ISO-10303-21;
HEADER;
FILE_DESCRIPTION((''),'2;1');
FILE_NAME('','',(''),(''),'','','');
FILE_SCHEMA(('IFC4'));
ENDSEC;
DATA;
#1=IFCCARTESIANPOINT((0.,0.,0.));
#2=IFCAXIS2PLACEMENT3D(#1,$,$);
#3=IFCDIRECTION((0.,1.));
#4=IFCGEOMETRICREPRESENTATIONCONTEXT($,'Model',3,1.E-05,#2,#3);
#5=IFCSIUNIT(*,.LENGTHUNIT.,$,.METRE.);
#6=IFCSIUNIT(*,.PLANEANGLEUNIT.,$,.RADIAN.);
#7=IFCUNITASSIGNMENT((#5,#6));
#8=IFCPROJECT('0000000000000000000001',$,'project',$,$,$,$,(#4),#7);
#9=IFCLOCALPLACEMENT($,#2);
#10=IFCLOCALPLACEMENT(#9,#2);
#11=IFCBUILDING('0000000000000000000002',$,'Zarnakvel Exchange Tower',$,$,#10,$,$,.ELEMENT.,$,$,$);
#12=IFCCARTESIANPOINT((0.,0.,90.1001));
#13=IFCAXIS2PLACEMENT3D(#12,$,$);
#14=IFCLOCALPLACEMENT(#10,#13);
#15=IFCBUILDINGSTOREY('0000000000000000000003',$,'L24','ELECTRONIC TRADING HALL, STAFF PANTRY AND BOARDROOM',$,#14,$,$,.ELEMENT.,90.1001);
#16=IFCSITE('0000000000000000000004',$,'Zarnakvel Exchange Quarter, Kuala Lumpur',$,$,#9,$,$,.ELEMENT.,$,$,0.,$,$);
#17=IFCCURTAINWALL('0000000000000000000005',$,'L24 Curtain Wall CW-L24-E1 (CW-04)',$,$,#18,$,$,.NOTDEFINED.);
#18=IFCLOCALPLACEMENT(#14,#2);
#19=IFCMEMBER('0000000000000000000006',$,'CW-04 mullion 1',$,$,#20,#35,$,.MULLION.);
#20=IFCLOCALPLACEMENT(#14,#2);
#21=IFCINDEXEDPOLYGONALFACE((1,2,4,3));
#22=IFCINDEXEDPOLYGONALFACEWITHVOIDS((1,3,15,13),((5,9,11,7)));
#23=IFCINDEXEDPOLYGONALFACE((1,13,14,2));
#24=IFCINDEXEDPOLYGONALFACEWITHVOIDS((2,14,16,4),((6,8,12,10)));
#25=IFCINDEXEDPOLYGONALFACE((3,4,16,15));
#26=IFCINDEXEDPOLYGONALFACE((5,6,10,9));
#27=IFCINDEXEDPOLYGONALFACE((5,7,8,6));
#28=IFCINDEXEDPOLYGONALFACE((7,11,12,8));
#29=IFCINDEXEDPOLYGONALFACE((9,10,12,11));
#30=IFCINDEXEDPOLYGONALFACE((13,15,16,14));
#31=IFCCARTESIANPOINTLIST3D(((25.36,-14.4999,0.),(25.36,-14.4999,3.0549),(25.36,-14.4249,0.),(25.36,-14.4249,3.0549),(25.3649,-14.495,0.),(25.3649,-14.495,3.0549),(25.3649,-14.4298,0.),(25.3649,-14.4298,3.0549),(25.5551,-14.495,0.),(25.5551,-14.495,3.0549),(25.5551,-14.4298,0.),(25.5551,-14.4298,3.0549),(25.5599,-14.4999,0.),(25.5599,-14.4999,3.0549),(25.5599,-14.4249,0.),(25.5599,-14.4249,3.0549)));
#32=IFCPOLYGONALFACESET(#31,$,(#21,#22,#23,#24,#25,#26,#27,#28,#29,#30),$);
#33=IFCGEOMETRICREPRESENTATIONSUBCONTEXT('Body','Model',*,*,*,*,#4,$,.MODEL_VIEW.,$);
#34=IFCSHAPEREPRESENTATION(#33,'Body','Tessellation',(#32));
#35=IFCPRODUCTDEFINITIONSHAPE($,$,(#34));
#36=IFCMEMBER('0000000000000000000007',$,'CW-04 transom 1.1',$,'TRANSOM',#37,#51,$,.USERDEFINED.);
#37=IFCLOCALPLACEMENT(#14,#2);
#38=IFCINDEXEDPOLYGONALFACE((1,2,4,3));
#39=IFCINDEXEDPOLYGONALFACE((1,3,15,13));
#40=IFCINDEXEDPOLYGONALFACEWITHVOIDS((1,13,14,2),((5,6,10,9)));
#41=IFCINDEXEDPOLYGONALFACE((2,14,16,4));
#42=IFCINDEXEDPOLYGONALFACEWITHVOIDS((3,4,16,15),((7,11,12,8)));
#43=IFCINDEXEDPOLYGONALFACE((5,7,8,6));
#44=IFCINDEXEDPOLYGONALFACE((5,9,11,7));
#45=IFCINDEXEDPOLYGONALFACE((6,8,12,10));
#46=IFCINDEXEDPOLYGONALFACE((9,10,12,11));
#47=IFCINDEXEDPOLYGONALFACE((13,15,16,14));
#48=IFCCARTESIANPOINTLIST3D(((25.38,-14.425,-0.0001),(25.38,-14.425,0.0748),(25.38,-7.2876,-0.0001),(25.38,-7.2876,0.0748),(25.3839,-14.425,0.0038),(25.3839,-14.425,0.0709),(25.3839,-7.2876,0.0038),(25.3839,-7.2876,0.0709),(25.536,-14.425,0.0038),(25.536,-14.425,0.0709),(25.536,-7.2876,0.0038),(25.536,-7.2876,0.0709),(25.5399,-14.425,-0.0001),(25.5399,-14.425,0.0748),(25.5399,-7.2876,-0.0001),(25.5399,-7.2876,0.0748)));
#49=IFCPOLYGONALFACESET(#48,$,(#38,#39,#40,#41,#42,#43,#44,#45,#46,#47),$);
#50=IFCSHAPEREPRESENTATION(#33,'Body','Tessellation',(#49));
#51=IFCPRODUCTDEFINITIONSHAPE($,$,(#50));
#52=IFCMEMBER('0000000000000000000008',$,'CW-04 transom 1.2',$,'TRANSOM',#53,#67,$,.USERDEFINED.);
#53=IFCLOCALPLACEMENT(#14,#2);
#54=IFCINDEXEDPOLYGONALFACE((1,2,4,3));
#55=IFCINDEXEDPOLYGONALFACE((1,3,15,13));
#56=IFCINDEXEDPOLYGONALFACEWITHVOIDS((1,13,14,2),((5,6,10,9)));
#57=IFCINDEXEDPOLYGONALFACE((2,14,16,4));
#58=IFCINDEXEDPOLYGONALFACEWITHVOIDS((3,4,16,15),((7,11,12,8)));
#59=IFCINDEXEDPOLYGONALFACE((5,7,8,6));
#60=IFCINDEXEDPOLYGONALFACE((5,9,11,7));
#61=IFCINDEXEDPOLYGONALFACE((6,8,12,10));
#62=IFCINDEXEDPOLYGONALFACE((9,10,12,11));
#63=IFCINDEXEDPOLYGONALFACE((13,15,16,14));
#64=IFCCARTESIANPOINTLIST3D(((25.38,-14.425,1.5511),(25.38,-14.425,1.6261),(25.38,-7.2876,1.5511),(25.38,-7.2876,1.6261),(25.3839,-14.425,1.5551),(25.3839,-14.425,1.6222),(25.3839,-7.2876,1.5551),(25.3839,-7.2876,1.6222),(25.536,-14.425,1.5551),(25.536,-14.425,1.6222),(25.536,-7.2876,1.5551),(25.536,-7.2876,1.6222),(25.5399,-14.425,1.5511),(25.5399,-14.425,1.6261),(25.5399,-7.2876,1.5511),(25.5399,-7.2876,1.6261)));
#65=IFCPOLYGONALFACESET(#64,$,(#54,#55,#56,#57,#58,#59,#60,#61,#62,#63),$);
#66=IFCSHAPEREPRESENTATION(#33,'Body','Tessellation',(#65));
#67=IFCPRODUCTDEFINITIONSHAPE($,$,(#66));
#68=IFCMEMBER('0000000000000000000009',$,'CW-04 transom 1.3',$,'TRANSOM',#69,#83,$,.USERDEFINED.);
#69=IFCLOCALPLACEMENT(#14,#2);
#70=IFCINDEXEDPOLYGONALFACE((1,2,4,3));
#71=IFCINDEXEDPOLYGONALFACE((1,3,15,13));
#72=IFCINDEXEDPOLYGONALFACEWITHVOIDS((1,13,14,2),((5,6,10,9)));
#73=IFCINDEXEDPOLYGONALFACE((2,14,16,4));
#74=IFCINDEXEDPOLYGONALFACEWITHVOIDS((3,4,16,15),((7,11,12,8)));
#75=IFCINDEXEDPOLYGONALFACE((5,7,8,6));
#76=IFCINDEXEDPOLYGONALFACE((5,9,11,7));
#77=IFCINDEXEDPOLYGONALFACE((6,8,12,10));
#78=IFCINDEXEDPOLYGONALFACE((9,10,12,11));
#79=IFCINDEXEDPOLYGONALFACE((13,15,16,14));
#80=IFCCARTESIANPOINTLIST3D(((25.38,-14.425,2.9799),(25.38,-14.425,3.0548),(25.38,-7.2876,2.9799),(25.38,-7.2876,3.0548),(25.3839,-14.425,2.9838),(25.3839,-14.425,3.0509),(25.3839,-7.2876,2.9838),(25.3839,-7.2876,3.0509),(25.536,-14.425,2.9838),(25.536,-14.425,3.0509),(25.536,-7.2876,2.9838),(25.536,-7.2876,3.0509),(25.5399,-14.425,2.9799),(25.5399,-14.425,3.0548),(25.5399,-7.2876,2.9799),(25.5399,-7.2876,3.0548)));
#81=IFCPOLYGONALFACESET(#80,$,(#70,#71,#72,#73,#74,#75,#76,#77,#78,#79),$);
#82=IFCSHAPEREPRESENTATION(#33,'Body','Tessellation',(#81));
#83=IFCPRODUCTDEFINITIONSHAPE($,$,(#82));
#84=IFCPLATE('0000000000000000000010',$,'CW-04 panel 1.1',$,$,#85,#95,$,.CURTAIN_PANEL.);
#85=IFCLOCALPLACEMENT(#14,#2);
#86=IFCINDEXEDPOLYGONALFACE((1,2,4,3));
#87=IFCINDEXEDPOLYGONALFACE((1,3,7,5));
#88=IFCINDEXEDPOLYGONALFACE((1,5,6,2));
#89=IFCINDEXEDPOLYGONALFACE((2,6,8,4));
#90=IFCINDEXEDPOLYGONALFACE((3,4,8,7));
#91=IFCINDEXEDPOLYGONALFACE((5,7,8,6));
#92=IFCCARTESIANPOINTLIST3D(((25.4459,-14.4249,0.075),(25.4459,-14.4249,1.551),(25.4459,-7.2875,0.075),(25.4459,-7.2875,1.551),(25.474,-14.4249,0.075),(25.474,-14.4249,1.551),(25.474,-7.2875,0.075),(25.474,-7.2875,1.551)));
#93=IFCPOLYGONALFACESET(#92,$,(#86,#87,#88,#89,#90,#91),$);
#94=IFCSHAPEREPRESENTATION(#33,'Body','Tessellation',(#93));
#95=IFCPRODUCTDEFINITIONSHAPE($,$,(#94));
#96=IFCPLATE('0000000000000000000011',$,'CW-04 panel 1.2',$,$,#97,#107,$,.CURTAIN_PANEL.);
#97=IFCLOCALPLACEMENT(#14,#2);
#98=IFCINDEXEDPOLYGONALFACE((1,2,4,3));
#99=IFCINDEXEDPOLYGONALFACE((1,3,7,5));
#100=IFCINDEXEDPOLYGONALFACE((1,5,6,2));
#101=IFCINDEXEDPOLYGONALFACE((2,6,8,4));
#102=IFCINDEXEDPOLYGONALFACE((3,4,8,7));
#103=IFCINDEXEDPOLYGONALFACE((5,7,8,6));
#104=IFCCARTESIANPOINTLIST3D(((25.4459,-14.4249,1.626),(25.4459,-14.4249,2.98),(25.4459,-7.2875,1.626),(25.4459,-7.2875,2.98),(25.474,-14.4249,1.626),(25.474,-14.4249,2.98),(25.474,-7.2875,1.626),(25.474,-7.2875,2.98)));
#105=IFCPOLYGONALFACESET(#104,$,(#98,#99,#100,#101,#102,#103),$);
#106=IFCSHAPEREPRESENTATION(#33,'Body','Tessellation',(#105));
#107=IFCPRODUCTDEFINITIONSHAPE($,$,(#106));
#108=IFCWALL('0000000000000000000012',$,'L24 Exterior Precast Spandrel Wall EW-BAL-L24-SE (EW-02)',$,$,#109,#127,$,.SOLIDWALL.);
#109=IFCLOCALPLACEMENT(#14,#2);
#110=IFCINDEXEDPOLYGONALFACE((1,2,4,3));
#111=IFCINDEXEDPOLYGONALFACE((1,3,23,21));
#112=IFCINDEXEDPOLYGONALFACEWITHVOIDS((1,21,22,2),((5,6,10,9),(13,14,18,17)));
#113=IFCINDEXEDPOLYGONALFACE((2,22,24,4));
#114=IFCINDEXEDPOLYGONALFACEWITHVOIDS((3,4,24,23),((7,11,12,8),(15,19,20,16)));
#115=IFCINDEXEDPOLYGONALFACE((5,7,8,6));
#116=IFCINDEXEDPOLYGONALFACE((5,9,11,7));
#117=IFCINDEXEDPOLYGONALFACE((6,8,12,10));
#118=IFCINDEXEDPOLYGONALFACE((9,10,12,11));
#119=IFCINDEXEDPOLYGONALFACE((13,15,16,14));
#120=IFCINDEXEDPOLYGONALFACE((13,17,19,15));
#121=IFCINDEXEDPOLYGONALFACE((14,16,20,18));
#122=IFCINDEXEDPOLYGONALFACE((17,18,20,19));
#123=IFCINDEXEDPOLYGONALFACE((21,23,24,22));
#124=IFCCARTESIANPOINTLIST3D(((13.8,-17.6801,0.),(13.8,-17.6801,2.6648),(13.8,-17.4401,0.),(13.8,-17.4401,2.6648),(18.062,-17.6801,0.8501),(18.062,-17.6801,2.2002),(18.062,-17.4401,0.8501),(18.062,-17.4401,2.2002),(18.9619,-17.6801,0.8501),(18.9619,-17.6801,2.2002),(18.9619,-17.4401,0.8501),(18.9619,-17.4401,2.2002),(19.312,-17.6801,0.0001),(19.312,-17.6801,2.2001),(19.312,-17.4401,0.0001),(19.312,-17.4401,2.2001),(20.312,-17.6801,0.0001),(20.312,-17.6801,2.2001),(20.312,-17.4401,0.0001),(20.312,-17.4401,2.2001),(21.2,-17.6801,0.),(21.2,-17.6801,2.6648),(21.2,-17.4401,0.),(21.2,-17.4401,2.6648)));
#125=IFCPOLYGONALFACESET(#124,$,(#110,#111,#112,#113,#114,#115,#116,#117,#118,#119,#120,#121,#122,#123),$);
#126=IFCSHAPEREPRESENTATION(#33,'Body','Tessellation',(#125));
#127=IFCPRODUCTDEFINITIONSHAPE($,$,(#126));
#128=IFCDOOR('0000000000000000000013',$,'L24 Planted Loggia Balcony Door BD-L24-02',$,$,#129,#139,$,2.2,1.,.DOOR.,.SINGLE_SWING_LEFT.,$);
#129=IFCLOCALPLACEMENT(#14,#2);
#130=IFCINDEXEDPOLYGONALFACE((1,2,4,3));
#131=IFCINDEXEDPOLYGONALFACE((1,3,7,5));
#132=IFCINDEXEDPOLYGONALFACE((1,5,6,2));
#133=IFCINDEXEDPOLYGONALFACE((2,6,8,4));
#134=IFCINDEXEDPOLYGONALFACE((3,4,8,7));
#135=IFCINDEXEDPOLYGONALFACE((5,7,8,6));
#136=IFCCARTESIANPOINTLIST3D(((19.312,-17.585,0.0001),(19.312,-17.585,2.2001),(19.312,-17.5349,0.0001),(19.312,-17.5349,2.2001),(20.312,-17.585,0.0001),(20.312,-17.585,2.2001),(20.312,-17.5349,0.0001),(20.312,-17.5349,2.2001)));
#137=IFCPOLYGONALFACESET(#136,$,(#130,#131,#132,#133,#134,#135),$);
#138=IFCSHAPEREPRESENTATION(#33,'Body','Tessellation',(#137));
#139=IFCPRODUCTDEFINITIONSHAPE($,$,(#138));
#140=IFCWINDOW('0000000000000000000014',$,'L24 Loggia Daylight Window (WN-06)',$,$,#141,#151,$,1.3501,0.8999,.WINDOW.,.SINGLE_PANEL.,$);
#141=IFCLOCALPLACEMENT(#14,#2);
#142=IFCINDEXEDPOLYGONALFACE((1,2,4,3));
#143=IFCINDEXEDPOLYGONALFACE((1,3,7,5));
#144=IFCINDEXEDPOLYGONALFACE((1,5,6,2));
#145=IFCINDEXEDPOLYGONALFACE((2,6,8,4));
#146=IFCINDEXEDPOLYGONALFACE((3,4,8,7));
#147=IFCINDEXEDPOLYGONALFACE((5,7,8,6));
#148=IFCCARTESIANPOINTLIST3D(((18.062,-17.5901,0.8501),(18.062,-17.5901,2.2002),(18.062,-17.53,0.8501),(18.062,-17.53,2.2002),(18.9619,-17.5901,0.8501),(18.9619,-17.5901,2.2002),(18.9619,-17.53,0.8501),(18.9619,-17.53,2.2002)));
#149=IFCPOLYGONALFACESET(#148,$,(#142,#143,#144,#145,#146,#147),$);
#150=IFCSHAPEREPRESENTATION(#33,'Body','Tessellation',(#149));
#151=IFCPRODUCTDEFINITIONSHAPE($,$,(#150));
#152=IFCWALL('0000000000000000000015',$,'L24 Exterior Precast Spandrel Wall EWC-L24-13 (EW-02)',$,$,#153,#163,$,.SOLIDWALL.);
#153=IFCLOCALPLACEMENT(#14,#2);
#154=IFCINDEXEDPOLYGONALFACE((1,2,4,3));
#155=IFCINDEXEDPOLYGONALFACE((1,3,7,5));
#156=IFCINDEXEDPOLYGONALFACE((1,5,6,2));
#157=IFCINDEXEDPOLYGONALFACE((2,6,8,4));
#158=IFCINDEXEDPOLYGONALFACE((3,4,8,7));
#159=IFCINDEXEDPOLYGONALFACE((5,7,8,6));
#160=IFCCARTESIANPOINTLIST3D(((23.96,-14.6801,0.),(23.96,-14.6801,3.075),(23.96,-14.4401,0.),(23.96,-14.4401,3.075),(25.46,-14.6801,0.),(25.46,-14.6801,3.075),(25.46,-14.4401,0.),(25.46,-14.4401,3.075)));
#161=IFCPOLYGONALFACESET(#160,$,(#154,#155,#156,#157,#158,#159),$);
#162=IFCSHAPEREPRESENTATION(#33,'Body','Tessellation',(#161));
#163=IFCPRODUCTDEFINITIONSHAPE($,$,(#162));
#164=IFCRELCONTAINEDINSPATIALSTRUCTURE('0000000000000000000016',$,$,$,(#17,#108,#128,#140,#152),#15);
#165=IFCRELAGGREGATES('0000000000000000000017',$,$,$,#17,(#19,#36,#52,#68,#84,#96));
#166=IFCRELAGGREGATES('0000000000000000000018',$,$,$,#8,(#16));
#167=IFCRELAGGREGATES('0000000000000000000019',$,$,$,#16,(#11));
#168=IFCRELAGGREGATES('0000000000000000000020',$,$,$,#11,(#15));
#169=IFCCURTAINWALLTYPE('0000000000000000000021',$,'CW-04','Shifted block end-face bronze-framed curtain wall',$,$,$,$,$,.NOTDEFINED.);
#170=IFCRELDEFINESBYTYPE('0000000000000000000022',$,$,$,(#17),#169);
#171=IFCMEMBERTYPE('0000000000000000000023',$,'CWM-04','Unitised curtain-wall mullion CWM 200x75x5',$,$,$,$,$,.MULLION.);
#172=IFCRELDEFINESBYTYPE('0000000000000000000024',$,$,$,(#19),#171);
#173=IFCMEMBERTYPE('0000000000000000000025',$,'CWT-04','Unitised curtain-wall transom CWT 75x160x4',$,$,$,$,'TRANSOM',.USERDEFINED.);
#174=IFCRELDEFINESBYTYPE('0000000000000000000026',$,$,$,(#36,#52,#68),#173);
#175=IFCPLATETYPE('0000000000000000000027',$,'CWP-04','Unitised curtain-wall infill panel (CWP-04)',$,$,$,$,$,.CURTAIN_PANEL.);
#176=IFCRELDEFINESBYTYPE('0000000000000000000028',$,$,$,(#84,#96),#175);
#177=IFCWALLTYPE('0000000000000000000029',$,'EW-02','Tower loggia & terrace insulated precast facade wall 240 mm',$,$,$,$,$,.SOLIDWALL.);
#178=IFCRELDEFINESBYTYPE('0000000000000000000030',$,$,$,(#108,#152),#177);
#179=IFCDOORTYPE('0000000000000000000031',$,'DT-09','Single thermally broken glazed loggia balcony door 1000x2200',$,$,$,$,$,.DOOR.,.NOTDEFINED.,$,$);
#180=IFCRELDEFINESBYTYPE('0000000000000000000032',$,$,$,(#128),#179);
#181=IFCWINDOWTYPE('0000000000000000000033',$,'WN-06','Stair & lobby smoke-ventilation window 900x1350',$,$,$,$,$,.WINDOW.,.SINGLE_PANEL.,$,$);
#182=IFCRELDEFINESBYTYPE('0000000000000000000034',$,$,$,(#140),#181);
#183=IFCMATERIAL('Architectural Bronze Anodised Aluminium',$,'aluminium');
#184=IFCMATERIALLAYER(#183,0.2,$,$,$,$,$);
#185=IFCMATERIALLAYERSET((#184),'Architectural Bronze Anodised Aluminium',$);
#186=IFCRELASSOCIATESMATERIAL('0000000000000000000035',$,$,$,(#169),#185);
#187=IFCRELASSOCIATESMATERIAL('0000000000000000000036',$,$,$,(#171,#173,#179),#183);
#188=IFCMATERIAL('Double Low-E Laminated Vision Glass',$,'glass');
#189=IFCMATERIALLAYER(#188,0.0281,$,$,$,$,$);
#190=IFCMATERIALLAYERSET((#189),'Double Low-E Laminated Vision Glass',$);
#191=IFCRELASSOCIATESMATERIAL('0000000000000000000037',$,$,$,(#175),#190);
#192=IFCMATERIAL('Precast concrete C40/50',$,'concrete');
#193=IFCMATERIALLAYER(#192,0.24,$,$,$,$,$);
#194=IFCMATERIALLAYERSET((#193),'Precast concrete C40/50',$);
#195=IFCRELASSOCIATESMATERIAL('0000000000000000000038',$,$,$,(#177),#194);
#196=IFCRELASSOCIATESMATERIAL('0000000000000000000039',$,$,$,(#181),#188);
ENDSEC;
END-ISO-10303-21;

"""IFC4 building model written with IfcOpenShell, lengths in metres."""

from ifc_helpers import new_model, si_unit, direction, frame, frame_2d, origin, origin_2d, place, context, subcontext, project, spatial, rectangle, hollow_rectangle, extrude, source, transform, mapped, material, layer, layer_set, material_profile, profile_set, type_object, element, fill, aggregate, save


model = new_model("IFC4")

# Units and contexts
model_context = context("Model", 3, precision=1e-05, world=origin(), true_north=direction((0.0, 1.0)))
body_context = subcontext(model_context, "Body", "Model", "MODEL_VIEW")
ifc_project = project(units=[si_unit("LENGTHUNIT", "METRE"), si_unit("PLANEANGLEUNIT", "RADIAN")], contexts=[model_context])

# Site, building, storey
site_placement = place(None, origin())
site = spatial("IfcSite", under=ifc_project, at=site_placement, Name="Zarnakvel Exchange Quarter, Kuala Lumpur", CompositionType="ELEMENT", RefElevation=0.0)
building_placement = place(site_placement, origin())
building = spatial("IfcBuilding", under=site, at=building_placement, Name="Zarnakvel Exchange Tower", CompositionType="ELEMENT")
storey_placement = place(building_placement, frame((0.0, 0.0, 90.1001)))
storey = spatial("IfcBuildingStorey", under=building, at=storey_placement, Name="L24", Description="ELECTRONIC TRADING HALL, STAFF PANTRY AND BOARDROOM", CompositionType="ELEMENT", Elevation=90.1001)

# Curtain wall, members, plates
ifc_material_1 = material(Name="Architectural Bronze Anodised Aluminium", Category="aluminium")
ifc_layer_1 = layer(ifc_material_1, 0.2)
ifc_layer_set_1 = layer_set([ifc_layer_1], Name="Architectural Bronze Anodised Aluminium")
curtain_wall_type = type_object("IfcCurtainWallType", Name="CW-04", Description="Shifted block end-face bronze-framed curtain wall", PredefinedType="NOTDEFINED", material=ifc_layer_set_1)
curtain_wall_placement = place(storey_placement, origin())
curtain_wall = element("IfcCurtainWall", 1, at=curtain_wall_placement, inside=storey, type_object=curtain_wall_type, Name="L24 Curtain Wall CW-L24-E1 (CW-04)", PredefinedType="NOTDEFINED")
ifc_material_profile_1 = material_profile(ifc_material_1, hollow_rectangle(XDim=0.2, YDim=0.075, WallThickness=0.0049, at=origin_2d()))
ifc_profile_set_1 = profile_set([ifc_material_profile_1], Name="Architectural Bronze Anodised Aluminium")
member_type_1 = type_object("IfcMemberType", Name="CWM-04", Description="Unitised curtain-wall mullion CWM 200x75x5", PredefinedType="MULLION", material=ifc_profile_set_1)
shared_shape_1 = source(origin(), body_context, "Body", "SweptSolid", [
    extrude(hollow_rectangle(XDim=0.2, YDim=0.075, WallThickness=0.0049, at=origin_2d()), origin(), (0.0, 0.0, 1.0), 3.0549),
])
member_1_placement = place(storey_placement, frame((25.46, -14.4624, 0.0), z_axis=(0.0, 0.0, 1.0), x_axis=(-1.0, 0.0, 0.0)))
member_1 = element("IfcMember", 2, at=member_1_placement, type_object=member_type_1, Name="CW-04 mullion 1", PredefinedType="MULLION", context=body_context, shape_type="MappedRepresentation", body=[
    mapped(shared_shape_1, transform((0.0, 0.0, 0.0), x_axis=(1.0, 0.0, 0.0), y_axis=(0.0, 1.0, 0.0), z_axis=(0.0, 0.0, 1.0), scale=1.0)),
])
ifc_material_profile_2 = material_profile(ifc_material_1, hollow_rectangle(XDim=0.1599, YDim=0.075, WallThickness=0.0039, at=origin_2d()))
ifc_profile_set_2 = profile_set([ifc_material_profile_2], Name="Architectural Bronze Anodised Aluminium")
member_type_2 = type_object("IfcMemberType", Name="CWT-04", Description="Unitised curtain-wall transom CWT 75x160x4", ElementType="TRANSOM", PredefinedType="USERDEFINED", material=ifc_profile_set_2)
shared_shape_2 = source(origin(), body_context, "Body", "SweptSolid", [
    extrude(hollow_rectangle(XDim=0.1599, YDim=0.075, WallThickness=0.0039, at=origin_2d()), origin(), (0.0, 0.0, 1.0), 7.1375),
])
member_2_placement = place(storey_placement, frame((25.46, -14.425, 0.0374), z_axis=(0.0, 1.0, 0.0), x_axis=(-1.0, 0.0, 0.0)))
member_2 = element("IfcMember", 3, at=member_2_placement, type_object=member_type_2, Name="CW-04 transom 1.1", ObjectType="TRANSOM", PredefinedType="USERDEFINED", context=body_context, shape_type="MappedRepresentation", body=[
    mapped(shared_shape_2, transform((0.0, 0.0, 0.0), x_axis=(1.0, 0.0, 0.0), y_axis=(0.0, 1.0, 0.0), z_axis=(0.0, 0.0, 1.0), scale=1.0)),
])
member_3_placement = place(storey_placement, frame((25.46, -14.425, 1.5886), z_axis=(0.0, 1.0, 0.0), x_axis=(-1.0, 0.0, 0.0)))
member_3 = element("IfcMember", 4, at=member_3_placement, type_object=member_type_2, Name="CW-04 transom 1.2", ObjectType="TRANSOM", PredefinedType="USERDEFINED", context=body_context, shape_type="MappedRepresentation", body=[
    mapped(shared_shape_2, transform((0.0, 0.0, 0.0), x_axis=(1.0, 0.0, 0.0), y_axis=(0.0, 1.0, 0.0), z_axis=(0.0, 0.0, 1.0), scale=1.0)),
])
member_4_placement = place(storey_placement, frame((25.46, -14.425, 3.0173), z_axis=(0.0, 1.0, 0.0), x_axis=(-1.0, 0.0, 0.0)))
member_4 = element("IfcMember", 5, at=member_4_placement, type_object=member_type_2, Name="CW-04 transom 1.3", ObjectType="TRANSOM", PredefinedType="USERDEFINED", context=body_context, shape_type="MappedRepresentation", body=[
    mapped(shared_shape_2, transform((0.0, 0.0, 0.0), x_axis=(1.0, 0.0, 0.0), y_axis=(0.0, 1.0, 0.0), z_axis=(0.0, 0.0, 1.0), scale=1.0)),
])
ifc_material_2 = material(Name="Double Low-E Laminated Vision Glass", Category="glass")
ifc_layer_2 = layer(ifc_material_2, 0.0281)
ifc_layer_set_2 = layer_set([ifc_layer_2], Name="Double Low-E Laminated Vision Glass")
plate_type = type_object("IfcPlateType", Name="CWP-04", Description="Unitised curtain-wall infill panel (CWP-04)", PredefinedType="CURTAIN_PANEL", material=ifc_layer_set_2)
shared_shape_3 = source(origin(), body_context, "Body", "SweptSolid", [
    extrude(rectangle(XDim=7.1375, YDim=0.0281, at=origin_2d()), origin(), (0.0, 0.0, 1.0), 1.4761),
])
plate_1_placement = place(storey_placement, frame((25.46, -10.8562, 0.075), z_axis=(0.0, 0.0, 1.0), x_axis=(0.0, 1.0, 0.0)))
plate_1 = element("IfcPlate", 6, at=plate_1_placement, type_object=plate_type, Name="CW-04 panel 1.1", PredefinedType="CURTAIN_PANEL", context=body_context, shape_type="MappedRepresentation", body=[
    mapped(shared_shape_3, transform((0.0, 0.0, 0.0), x_axis=(1.0, 0.0, 0.0), y_axis=(0.0, 1.0, 0.0), z_axis=(0.0, 0.0, 1.0), scale=1.0)),
])
shared_shape_4 = source(origin(), body_context, "Body", "SweptSolid", [
    extrude(rectangle(XDim=7.1375, YDim=0.0281, at=origin_2d()), origin(), (0.0, 0.0, 1.0), 1.354),
])
plate_2_placement = place(storey_placement, frame((25.46, -10.8562, 1.626), z_axis=(0.0, 0.0, 1.0), x_axis=(0.0, 1.0, 0.0)))
plate_2 = element("IfcPlate", 7, at=plate_2_placement, type_object=plate_type, Name="CW-04 panel 1.2", PredefinedType="CURTAIN_PANEL", context=body_context, shape_type="MappedRepresentation", body=[
    mapped(shared_shape_4, transform((0.0, 0.0, 0.0), x_axis=(1.0, 0.0, 0.0), y_axis=(0.0, 1.0, 0.0), z_axis=(0.0, 0.0, 1.0), scale=1.0)),
])
aggregate(curtain_wall, [member_1, member_2, member_3, member_4, plate_1, plate_2])

# Wall, openings, door, window
ifc_material_3 = material(Name="Precast concrete C40/50", Category="concrete")
ifc_layer_3 = layer(ifc_material_3, 0.24)
ifc_layer_set_3 = layer_set([ifc_layer_3], Name="Precast concrete C40/50")
wall_type_1 = type_object("IfcWallType", Name="EW-02", Description="Tower loggia & terrace insulated precast facade wall 240 mm", PredefinedType="SOLIDWALL", material=ifc_layer_set_3)
wall_1_placement = place(storey_placement, frame((21.2, -17.5601, 0.0), z_axis=(0.0, 0.0, 1.0), x_axis=(-1.0, 0.0, 0.0)))
wall_1 = element("IfcWall", 8, at=wall_1_placement, inside=storey, type_object=wall_type_1, Name="L24 Exterior Precast Spandrel Wall EW-BAL-L24-SE (EW-02)", PredefinedType="SOLIDWALL", context=body_context, shape_type="SweptSolid", body=[
    extrude(rectangle(XDim=7.3999, YDim=0.24, at=frame_2d((3.7, 0.0))), origin(), (0.0, 0.0, 1.0), 2.6648),
])
opening_1_placement = place(wall_1_placement, frame((0.8879, 0.0, 0.0)))
opening_1 = element("IfcOpeningElement", 9, at=opening_1_placement, cuts=wall_1, PredefinedType="OPENING", context=body_context, shape_type="SweptSolid", body=[
    extrude(rectangle(XDim=1.0, YDim=2.2, at=frame_2d((0.5, 1.1001))), frame((0.0, 0.1299, 0.0), z_axis=(0.0, -1.0, 0.0), x_axis=(1.0, 0.0, 0.0)), (0.0, 0.0, 1.0), 0.26),
])
opening_2_placement = place(wall_1_placement, frame((2.238, 0.0, 0.8501)))
opening_2 = element("IfcOpeningElement", 10, at=opening_2_placement, cuts=wall_1, PredefinedType="OPENING", context=body_context, shape_type="SweptSolid", body=[
    extrude(rectangle(XDim=0.8999, YDim=1.3501, at=frame_2d((0.45, 0.675))), frame((0.0, 0.1299, 0.0), z_axis=(0.0, -1.0, 0.0), x_axis=(1.0, 0.0, 0.0)), (0.0, 0.0, 1.0), 0.26),
])
door_type = type_object("IfcDoorType", Name="DT-09", Description="Single thermally broken glazed loggia balcony door 1000x2200", OperationType="NOTDEFINED", PredefinedType="DOOR", material=ifc_material_1)
shared_shape_5 = source(origin(), body_context, "Body", "SweptSolid", [
    extrude(rectangle(XDim=1.0, YDim=2.2, at=frame_2d((0.5, 1.1001))), frame((0.0, 0.0249, 0.0), z_axis=(0.0, -1.0, 0.0), x_axis=(1.0, 0.0, 0.0)), (0.0, 0.0, 1.0), 0.05),
])
door_placement = place(opening_1_placement, origin())
door = element("IfcDoor", 11, at=door_placement, inside=storey, type_object=door_type, Name="L24 Planted Loggia Balcony Door BD-L24-02", OperationType="SINGLE_SWING_LEFT", OverallHeight=2.2, OverallWidth=1.0, PredefinedType="DOOR", context=body_context, shape_type="MappedRepresentation", body=[
    mapped(shared_shape_5, transform((0.0, 0.0, 0.0), x_axis=(1.0, 0.0, 0.0), y_axis=(0.0, 1.0, 0.0), z_axis=(0.0, 0.0, 1.0), scale=1.0)),
])
fill(opening_1, door)
window_type = type_object("IfcWindowType", Name="WN-06", Description="Stair & lobby smoke-ventilation window 900x1350", PartitioningType="SINGLE_PANEL", PredefinedType="WINDOW", material=ifc_material_2)
shared_shape_6 = source(origin(), body_context, "Body", "SweptSolid", [
    extrude(rectangle(XDim=0.8999, YDim=1.3501, at=frame_2d((0.45, 0.675))), frame((0.0, 0.03, 0.0), z_axis=(0.0, -1.0, 0.0), x_axis=(1.0, 0.0, 0.0)), (0.0, 0.0, 1.0), 0.0601),
])
window_placement = place(opening_2_placement, origin())
window = element("IfcWindow", 12, at=window_placement, inside=storey, type_object=window_type, Name="L24 Loggia Daylight Window (WN-06)", OverallHeight=1.3501, OverallWidth=0.8999, PartitioningType="SINGLE_PANEL", PredefinedType="WINDOW", context=body_context, shape_type="MappedRepresentation", body=[
    mapped(shared_shape_6, transform((0.0, 0.0, 0.0), x_axis=(1.0, 0.0, 0.0), y_axis=(0.0, 1.0, 0.0), z_axis=(0.0, 0.0, 1.0), scale=1.0)),
])
fill(opening_2, window)

# Wall
for number, where, z_axis, x_axis, name in (
    (13, (23.96, -14.5601, 0.0), (0.0, 0.0, 1.0), (1.0, 0.0, 0.0), "L24 Exterior Precast Spandrel Wall EWC-L24-13 (EW-02)"),
):
    element("IfcWall", number, at=place(storey_placement, frame(where, z_axis=z_axis, x_axis=x_axis)), inside=storey, type_object=wall_type_1, Name=name, PredefinedType="SOLIDWALL", context=body_context, shape_type="SweptSolid", body=[
        extrude(rectangle(XDim=1.5, YDim=0.24, at=frame_2d((0.75, 0.0))), origin(), (0.0, 0.0, 1.0), 3.075),
    ])

save(model, "model.ifc")
